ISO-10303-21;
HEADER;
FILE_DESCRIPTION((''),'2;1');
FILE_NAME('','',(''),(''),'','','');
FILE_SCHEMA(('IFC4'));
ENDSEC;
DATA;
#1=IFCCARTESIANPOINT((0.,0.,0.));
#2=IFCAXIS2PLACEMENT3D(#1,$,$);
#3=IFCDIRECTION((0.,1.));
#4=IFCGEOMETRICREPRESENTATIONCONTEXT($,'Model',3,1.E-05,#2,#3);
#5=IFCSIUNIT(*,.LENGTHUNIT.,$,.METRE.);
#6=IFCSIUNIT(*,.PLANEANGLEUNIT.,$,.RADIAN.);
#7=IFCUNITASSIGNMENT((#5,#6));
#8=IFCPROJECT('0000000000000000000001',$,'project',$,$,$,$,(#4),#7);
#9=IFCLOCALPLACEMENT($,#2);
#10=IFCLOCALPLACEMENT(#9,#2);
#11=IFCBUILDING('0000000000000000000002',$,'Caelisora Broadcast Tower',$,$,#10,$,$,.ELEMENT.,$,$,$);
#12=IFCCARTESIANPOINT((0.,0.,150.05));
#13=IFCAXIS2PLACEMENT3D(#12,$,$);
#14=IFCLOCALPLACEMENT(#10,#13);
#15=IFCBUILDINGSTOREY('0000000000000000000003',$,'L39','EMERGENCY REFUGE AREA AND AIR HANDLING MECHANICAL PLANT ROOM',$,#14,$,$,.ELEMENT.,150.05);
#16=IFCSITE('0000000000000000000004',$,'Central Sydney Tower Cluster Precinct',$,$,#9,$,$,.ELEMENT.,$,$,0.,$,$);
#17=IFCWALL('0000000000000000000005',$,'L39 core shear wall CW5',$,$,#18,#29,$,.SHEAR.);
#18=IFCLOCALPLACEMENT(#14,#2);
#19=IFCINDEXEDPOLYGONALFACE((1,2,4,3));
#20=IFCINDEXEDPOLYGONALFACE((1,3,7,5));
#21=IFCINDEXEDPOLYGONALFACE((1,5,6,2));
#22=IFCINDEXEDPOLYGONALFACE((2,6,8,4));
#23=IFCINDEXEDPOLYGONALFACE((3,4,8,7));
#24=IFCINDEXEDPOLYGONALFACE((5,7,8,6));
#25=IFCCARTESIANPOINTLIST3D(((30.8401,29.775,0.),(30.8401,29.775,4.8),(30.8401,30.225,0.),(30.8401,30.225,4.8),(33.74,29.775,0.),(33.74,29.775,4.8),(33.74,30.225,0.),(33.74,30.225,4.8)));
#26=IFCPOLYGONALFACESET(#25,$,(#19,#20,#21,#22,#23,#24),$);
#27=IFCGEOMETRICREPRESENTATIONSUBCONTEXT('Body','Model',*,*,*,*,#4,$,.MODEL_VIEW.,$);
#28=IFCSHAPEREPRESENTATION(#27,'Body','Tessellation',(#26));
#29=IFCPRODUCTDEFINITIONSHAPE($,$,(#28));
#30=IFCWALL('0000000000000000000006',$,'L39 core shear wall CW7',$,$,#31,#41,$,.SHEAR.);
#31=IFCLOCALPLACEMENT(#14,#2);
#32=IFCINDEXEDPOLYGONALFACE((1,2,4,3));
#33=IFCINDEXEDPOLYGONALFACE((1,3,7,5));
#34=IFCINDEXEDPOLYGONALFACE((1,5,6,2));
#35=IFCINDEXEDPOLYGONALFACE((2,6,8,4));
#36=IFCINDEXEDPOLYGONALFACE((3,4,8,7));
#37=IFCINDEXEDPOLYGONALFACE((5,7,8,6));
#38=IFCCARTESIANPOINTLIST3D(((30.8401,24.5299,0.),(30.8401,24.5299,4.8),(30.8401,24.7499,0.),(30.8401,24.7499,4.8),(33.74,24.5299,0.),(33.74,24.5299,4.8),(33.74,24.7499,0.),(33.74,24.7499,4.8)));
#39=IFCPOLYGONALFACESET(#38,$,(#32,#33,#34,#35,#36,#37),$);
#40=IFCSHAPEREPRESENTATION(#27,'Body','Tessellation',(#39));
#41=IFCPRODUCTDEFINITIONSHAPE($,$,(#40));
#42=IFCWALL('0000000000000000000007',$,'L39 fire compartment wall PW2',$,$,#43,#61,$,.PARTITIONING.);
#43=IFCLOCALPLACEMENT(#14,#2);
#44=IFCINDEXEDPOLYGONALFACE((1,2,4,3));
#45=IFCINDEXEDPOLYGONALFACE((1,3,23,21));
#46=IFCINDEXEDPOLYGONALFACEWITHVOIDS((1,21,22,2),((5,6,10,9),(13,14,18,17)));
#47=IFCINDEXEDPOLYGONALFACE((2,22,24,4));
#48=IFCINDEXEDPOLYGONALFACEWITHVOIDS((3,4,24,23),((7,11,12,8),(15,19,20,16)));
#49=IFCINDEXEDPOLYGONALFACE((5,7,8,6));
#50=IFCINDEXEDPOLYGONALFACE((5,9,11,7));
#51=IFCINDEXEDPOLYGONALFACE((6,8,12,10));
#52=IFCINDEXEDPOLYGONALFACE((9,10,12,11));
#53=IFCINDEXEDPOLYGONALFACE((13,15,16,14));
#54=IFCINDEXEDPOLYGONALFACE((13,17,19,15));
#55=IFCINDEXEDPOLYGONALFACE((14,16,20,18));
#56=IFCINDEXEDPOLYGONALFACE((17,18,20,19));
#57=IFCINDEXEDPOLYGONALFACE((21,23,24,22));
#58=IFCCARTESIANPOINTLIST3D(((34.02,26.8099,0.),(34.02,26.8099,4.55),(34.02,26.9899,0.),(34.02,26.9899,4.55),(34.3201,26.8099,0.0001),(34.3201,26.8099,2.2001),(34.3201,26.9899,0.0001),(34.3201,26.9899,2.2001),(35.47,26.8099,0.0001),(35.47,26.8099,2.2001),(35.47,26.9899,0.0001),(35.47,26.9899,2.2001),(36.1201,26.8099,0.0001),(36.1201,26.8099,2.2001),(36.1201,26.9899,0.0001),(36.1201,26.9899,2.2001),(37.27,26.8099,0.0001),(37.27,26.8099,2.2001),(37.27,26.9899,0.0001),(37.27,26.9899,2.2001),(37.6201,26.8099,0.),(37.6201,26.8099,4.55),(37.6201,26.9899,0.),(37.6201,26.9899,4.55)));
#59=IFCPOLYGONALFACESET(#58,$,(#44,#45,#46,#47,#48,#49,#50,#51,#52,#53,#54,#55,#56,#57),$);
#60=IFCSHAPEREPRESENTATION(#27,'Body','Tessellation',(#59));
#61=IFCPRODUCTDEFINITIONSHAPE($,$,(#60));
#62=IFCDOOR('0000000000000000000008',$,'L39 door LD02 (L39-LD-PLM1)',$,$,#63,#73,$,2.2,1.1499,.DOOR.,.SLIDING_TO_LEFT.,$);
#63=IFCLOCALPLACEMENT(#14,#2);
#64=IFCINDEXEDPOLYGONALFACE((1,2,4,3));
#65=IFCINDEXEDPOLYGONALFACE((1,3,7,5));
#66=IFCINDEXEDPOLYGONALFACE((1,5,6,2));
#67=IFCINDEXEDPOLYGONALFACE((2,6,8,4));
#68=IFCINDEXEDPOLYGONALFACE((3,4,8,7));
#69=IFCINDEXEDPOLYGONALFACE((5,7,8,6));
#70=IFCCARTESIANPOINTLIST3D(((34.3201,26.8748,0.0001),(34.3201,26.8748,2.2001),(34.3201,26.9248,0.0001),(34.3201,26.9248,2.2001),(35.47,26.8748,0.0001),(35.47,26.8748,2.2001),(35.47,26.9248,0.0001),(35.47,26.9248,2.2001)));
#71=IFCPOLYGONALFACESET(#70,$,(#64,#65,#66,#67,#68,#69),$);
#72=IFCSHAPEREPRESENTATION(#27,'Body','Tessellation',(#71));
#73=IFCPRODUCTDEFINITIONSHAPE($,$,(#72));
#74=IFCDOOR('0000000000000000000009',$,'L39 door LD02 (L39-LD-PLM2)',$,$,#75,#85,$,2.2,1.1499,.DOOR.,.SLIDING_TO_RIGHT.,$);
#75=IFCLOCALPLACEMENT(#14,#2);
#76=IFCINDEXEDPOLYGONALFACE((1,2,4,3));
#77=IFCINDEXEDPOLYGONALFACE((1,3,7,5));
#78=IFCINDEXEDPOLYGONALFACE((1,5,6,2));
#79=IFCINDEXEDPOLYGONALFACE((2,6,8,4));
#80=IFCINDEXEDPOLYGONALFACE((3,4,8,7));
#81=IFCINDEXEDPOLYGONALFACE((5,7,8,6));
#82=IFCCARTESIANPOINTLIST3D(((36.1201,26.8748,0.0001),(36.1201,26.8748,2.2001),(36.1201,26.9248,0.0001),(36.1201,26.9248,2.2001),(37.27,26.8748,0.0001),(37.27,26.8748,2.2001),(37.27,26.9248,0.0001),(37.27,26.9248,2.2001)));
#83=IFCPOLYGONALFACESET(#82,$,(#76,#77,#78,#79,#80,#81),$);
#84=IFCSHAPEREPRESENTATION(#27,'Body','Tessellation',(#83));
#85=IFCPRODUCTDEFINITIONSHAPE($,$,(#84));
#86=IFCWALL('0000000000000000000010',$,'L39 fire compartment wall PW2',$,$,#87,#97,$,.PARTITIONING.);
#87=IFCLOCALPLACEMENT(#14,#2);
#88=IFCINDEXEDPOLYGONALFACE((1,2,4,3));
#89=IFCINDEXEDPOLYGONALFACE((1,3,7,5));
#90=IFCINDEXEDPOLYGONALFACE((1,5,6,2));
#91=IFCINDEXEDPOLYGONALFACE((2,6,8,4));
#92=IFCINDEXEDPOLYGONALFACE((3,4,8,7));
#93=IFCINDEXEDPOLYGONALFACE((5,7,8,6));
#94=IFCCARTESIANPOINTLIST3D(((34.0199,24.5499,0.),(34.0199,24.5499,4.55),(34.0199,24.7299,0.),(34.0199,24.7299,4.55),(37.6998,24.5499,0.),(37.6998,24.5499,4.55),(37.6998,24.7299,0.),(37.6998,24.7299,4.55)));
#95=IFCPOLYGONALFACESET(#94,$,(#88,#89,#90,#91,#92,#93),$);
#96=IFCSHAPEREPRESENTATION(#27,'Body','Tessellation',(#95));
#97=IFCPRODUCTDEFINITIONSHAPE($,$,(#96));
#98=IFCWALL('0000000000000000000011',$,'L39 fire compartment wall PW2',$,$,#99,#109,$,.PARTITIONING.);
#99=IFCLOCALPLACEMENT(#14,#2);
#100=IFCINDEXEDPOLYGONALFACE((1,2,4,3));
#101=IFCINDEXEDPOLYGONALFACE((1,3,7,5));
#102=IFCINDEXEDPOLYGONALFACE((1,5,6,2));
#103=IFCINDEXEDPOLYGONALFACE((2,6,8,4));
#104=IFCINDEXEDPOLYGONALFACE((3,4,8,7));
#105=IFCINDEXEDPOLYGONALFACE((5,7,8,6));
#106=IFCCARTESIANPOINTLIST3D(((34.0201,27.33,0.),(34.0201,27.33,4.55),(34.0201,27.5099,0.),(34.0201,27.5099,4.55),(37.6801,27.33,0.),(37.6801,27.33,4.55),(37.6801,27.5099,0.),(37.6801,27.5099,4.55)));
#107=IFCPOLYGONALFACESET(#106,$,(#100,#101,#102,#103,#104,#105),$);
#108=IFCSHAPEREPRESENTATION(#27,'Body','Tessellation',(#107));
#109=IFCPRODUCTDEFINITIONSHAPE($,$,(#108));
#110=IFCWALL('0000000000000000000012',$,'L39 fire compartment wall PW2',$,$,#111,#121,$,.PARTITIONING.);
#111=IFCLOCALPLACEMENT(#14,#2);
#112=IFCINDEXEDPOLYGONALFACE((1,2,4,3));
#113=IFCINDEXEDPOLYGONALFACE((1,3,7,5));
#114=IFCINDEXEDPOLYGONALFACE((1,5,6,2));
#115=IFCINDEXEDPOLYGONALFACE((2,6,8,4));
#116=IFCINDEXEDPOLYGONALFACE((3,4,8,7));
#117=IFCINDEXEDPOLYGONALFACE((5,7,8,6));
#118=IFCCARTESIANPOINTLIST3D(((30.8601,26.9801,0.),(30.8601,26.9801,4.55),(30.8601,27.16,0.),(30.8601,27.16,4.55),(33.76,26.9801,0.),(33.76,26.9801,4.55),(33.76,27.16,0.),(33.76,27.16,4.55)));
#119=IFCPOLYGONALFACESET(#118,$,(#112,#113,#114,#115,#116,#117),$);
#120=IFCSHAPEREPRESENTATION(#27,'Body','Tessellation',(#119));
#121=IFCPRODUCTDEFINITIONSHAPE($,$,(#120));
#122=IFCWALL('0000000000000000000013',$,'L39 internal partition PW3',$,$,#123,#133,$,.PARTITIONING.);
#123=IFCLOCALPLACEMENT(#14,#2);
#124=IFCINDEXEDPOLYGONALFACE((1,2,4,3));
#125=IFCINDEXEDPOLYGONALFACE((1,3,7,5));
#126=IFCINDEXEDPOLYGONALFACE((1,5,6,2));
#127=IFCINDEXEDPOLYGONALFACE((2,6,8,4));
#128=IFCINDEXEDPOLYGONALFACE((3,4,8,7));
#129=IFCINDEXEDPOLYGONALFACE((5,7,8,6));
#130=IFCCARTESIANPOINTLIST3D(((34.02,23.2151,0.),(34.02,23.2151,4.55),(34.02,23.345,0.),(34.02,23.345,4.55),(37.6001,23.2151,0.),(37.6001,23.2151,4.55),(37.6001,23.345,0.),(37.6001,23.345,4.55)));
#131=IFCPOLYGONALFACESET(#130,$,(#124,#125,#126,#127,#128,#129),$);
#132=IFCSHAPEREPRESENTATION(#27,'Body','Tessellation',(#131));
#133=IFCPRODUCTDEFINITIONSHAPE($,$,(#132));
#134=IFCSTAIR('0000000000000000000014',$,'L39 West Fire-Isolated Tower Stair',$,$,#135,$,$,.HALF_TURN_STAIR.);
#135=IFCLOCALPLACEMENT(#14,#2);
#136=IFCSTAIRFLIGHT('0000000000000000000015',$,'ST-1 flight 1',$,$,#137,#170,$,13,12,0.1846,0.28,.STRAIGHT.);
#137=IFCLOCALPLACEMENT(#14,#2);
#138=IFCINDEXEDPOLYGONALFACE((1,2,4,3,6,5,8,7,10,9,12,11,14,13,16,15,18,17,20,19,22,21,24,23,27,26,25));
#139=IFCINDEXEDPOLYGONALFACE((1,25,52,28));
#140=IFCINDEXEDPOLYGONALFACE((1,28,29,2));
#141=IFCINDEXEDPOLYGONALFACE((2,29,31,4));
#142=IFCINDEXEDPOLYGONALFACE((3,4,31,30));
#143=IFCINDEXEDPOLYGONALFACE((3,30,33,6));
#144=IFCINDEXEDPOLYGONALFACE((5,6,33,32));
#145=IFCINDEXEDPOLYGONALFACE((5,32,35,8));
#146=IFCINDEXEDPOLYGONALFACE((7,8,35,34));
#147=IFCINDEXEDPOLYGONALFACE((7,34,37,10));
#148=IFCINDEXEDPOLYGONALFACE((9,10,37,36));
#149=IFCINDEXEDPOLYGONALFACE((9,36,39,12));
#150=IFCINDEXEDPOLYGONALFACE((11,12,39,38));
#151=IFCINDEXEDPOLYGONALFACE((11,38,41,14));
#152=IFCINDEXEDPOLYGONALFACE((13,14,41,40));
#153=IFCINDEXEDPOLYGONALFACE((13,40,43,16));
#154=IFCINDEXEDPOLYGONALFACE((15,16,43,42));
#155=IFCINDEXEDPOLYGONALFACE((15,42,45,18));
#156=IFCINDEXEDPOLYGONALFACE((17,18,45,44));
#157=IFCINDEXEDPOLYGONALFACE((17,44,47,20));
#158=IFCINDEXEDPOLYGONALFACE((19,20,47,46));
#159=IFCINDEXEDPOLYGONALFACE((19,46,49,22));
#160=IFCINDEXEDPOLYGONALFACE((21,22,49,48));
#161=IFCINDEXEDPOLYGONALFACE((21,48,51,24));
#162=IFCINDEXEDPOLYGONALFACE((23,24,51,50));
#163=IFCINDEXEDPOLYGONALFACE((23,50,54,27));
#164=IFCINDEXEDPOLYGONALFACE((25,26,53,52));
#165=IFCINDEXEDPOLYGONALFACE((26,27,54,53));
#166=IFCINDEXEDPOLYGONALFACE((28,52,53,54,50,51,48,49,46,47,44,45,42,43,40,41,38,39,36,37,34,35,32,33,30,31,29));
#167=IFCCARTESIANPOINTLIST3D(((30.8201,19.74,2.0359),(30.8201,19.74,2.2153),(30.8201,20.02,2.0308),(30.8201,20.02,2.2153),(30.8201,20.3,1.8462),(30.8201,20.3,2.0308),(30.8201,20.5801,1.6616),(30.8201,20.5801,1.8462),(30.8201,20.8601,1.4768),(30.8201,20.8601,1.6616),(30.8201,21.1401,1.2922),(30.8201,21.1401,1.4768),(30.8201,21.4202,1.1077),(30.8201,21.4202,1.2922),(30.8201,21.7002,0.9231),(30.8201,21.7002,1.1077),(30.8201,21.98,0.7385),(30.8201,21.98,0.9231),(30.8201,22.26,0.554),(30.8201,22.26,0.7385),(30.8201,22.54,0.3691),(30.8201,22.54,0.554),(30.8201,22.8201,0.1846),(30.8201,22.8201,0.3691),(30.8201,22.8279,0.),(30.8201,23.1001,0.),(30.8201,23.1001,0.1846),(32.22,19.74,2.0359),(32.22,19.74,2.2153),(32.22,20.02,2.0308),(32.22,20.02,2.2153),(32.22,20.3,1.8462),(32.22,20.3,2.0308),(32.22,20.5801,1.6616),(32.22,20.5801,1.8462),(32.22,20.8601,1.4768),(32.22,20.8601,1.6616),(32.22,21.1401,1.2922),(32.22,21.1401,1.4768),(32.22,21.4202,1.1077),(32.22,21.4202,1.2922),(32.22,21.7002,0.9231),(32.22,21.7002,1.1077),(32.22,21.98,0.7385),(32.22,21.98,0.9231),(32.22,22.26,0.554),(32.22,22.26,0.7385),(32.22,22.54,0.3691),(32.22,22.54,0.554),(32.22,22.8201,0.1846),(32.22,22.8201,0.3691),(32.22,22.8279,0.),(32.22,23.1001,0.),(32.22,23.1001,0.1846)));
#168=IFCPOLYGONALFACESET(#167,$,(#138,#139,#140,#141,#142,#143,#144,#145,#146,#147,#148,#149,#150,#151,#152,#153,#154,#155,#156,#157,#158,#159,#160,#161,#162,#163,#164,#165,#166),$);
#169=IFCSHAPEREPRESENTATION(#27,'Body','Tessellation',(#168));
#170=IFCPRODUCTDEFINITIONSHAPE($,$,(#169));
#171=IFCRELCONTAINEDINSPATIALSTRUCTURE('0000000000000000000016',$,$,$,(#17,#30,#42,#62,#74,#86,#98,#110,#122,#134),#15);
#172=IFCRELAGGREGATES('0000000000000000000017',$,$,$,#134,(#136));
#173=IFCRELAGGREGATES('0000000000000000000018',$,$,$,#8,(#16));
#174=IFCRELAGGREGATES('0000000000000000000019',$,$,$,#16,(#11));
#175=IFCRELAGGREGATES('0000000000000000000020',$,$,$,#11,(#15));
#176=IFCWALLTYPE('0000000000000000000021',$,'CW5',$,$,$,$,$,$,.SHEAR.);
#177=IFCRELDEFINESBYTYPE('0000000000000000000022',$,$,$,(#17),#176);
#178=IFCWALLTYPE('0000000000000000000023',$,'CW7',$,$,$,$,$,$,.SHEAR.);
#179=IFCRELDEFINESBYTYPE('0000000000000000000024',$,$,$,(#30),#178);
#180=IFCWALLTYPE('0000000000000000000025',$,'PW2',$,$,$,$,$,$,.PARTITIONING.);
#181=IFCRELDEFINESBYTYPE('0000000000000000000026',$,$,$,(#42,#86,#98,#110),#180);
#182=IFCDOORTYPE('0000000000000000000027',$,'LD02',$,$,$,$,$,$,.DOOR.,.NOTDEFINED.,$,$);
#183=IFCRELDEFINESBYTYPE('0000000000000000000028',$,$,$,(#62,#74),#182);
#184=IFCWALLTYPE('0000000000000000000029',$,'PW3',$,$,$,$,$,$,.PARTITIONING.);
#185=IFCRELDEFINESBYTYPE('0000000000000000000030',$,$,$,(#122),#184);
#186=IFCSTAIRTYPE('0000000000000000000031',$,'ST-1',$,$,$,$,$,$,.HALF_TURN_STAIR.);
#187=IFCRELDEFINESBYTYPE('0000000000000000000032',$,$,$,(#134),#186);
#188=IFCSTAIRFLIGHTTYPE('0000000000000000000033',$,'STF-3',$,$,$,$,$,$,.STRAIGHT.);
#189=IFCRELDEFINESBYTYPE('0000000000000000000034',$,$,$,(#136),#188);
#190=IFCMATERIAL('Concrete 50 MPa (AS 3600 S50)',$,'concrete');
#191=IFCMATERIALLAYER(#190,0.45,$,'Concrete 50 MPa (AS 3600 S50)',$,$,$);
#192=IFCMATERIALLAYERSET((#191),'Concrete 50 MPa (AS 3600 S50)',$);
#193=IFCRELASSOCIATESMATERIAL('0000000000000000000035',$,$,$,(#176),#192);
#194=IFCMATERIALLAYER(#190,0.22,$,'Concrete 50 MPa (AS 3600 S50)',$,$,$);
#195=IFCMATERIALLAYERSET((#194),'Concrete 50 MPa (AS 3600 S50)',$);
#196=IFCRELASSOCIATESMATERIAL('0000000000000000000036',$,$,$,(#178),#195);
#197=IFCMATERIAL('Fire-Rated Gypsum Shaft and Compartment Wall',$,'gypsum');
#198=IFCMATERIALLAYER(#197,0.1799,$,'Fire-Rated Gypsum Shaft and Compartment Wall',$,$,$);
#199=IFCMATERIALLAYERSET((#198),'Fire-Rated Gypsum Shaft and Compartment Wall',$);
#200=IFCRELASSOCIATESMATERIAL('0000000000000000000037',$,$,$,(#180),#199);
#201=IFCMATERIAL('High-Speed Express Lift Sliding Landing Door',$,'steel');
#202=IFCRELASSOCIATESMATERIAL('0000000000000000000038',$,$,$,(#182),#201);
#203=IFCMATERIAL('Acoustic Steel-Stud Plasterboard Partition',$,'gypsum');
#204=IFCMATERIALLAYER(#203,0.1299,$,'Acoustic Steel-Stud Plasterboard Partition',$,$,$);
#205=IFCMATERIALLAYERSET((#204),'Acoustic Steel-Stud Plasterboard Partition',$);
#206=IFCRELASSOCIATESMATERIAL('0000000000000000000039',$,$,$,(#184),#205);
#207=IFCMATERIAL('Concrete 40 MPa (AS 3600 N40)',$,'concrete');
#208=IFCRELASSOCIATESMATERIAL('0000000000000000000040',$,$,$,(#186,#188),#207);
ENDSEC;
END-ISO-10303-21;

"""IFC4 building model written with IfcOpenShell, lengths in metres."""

from ifc_helpers import new_model, si_unit, direction, frame, frame_2d, origin, place, context, subcontext, project, spatial, polyline, rectangle, outline, extrude, material, layer, layer_set, type_object, element, fill, aggregate, save


model = new_model("IFC4")

# Units and contexts
model_context = context("Model", 3, precision=1e-05, world=origin(), true_north=direction((0.0, 1.0)))
body_context = subcontext(model_context, "Body", "Model", "MODEL_VIEW")
ifc_project = project(units=[si_unit("LENGTHUNIT", "METRE"), si_unit("PLANEANGLEUNIT", "RADIAN")], contexts=[model_context])

# Site, building, storey
site_placement = place(None, origin())
site = spatial("IfcSite", under=ifc_project, at=site_placement, Name="Central Sydney Tower Cluster Precinct", CompositionType="ELEMENT", RefElevation=0.0)
building_placement = place(site_placement, origin())
building = spatial("IfcBuilding", under=site, at=building_placement, Name="Caelisora Broadcast Tower", CompositionType="ELEMENT")
storey_placement = place(building_placement, frame((0.0, 0.0, 150.05)))
storey = spatial("IfcBuildingStorey", under=building, at=storey_placement, Name="L39", Description="EMERGENCY REFUGE AREA AND AIR HANDLING MECHANICAL PLANT ROOM", CompositionType="ELEMENT", Elevation=150.05)

# Walls
ifc_material_1 = material(Name="Concrete 50 MPa (AS 3600 S50)", Category="concrete")
ifc_layer_1 = layer(ifc_material_1, 0.45, Name="Concrete 50 MPa (AS 3600 S50)")
ifc_layer_set_1 = layer_set([ifc_layer_1], Name="Concrete 50 MPa (AS 3600 S50)")
wall_type_1 = type_object("IfcWallType", Name="CW5", PredefinedType="SHEAR", material=ifc_layer_set_1)
wall_1_placement = place(storey_placement, frame((30.8401, 30.0, 0.0), z_axis=(0.0, 0.0, 1.0), x_axis=(1.0, 0.0, 0.0)))
element("IfcWall", 1, at=wall_1_placement, inside=storey, type_object=wall_type_1, Name="L39 core shear wall CW5", PredefinedType="SHEAR", context=body_context, shape_type="SweptSolid", body=[
    extrude(rectangle(XDim=2.8999, YDim=0.45, at=frame_2d((1.45, 0.0))), origin(), (0.0, 0.0, 1.0), 4.8),
])
ifc_layer_2 = layer(ifc_material_1, 0.22, Name="Concrete 50 MPa (AS 3600 S50)")
ifc_layer_set_2 = layer_set([ifc_layer_2], Name="Concrete 50 MPa (AS 3600 S50)")
wall_type_2 = type_object("IfcWallType", Name="CW7", PredefinedType="SHEAR", material=ifc_layer_set_2)
wall_2_placement = place(storey_placement, frame((30.8401, 24.6399, 0.0), z_axis=(0.0, 0.0, 1.0), x_axis=(1.0, 0.0, 0.0)))
element("IfcWall", 2, at=wall_2_placement, inside=storey, type_object=wall_type_2, Name="L39 core shear wall CW7", PredefinedType="SHEAR", context=body_context, shape_type="SweptSolid", body=[
    extrude(rectangle(XDim=2.8999, YDim=0.22, at=frame_2d((1.45, 0.0))), origin(), (0.0, 0.0, 1.0), 4.8),
])

# Wall, openings, doors
ifc_material_2 = material(Name="Fire-Rated Gypsum Shaft and Compartment Wall", Category="gypsum")
ifc_layer_3 = layer(ifc_material_2, 0.1799, Name="Fire-Rated Gypsum Shaft and Compartment Wall")
ifc_layer_set_3 = layer_set([ifc_layer_3], Name="Fire-Rated Gypsum Shaft and Compartment Wall")
wall_type_3 = type_object("IfcWallType", Name="PW2", PredefinedType="PARTITIONING", material=ifc_layer_set_3)
wall_3_placement = place(storey_placement, frame((34.02, 26.8999, 0.0), z_axis=(0.0, 0.0, 1.0), x_axis=(1.0, 0.0, 0.0)))
wall_3 = element("IfcWall", 3, at=wall_3_placement, inside=storey, type_object=wall_type_3, Name="L39 fire compartment wall PW2", PredefinedType="PARTITIONING", context=body_context, shape_type="SweptSolid", body=[
    extrude(rectangle(XDim=3.6001, YDim=0.1799, at=frame_2d((1.8, 0.0))), origin(), (0.0, 0.0, 1.0), 4.55),
])
opening_1_placement = place(wall_3_placement, frame((0.3, 0.0, 0.0)))
opening_1 = element("IfcOpeningElement", 4, at=opening_1_placement, cuts=wall_3, PredefinedType="OPENING", context=body_context, shape_type="SweptSolid", body=[
    extrude(rectangle(XDim=1.1499, YDim=2.2, at=frame_2d((0.575, 1.1001))), frame((0.0, 0.1021, 0.0), z_axis=(0.0, -1.0, 0.0), x_axis=(1.0, 0.0, 0.0)), (0.0, 0.0, 1.0), 0.2039),
])
opening_2_placement = place(wall_3_placement, frame((2.1001, 0.0, 0.0)))
opening_2 = element("IfcOpeningElement", 5, at=opening_2_placement, cuts=wall_3, PredefinedType="OPENING", context=body_context, shape_type="SweptSolid", body=[
    extrude(rectangle(XDim=1.1499, YDim=2.2, at=frame_2d((0.575, 1.1001))), frame((0.0, 0.1021, 0.0), z_axis=(0.0, -1.0, 0.0), x_axis=(1.0, 0.0, 0.0)), (0.0, 0.0, 1.0), 0.2039),
])
ifc_material_3 = material(Name="High-Speed Express Lift Sliding Landing Door", Category="steel")
door_type = type_object("IfcDoorType", Name="LD02", OperationType="NOTDEFINED", PredefinedType="DOOR", material=ifc_material_3)
door_1_placement = place(opening_1_placement, origin())
door_1 = element("IfcDoor", 6, at=door_1_placement, inside=storey, type_object=door_type, Name="L39 door LD02 (L39-LD-PLM1)", OperationType="SLIDING_TO_LEFT", OverallHeight=2.2, OverallWidth=1.1499, PredefinedType="DOOR", context=body_context, shape_type="SweptSolid", body=[
    extrude(rectangle(XDim=1.1499, YDim=2.2, at=frame_2d((0.575, 1.1001))), frame((0.0, 0.0249, 0.0), z_axis=(0.0, -1.0, 0.0), x_axis=(1.0, 0.0, 0.0)), (0.0, 0.0, 1.0), 0.05),
])
fill(opening_1, door_1)
door_2_placement = place(opening_2_placement, origin())
door_2 = element("IfcDoor", 7, at=door_2_placement, inside=storey, type_object=door_type, Name="L39 door LD02 (L39-LD-PLM2)", OperationType="SLIDING_TO_RIGHT", OverallHeight=2.2, OverallWidth=1.1499, PredefinedType="DOOR", context=body_context, shape_type="SweptSolid", body=[
    extrude(rectangle(XDim=1.1499, YDim=2.2, at=frame_2d((0.575, 1.1001))), frame((0.0, 0.0249, 0.0), z_axis=(0.0, -1.0, 0.0), x_axis=(1.0, 0.0, 0.0)), (0.0, 0.0, 1.0), 0.05),
])
fill(opening_2, door_2)

# Walls
wall_4_placement = place(storey_placement, frame((34.02, 24.6399, 0.0), z_axis=(0.0, 0.0, 1.0), x_axis=(1.0, 0.0, 0.0)))
element("IfcWall", 8, at=wall_4_placement, inside=storey, type_object=wall_type_3, Name="L39 fire compartment wall PW2", PredefinedType="PARTITIONING", context=body_context, shape_type="SweptSolid", body=[
    extrude(rectangle(XDim=3.6799, YDim=0.1799, at=frame_2d((1.8398, 0.0))), origin(), (0.0, 0.0, 1.0), 4.55),
])
wall_5_placement = place(storey_placement, frame((34.02, 27.4199, 0.0), z_axis=(0.0, 0.0, 1.0), x_axis=(1.0, 0.0, 0.0)))
element("IfcWall", 9, at=wall_5_placement, inside=storey, type_object=wall_type_3, Name="L39 fire compartment wall PW2", PredefinedType="PARTITIONING", context=body_context, shape_type="SweptSolid", body=[
    extrude(rectangle(XDim=3.6599, YDim=0.1799, at=frame_2d((1.8301, 0.0))), origin(), (0.0, 0.0, 1.0), 4.55),
])
wall_6_placement = place(storey_placement, frame((30.8601, 27.0701, 0.0), z_axis=(0.0, 0.0, 1.0), x_axis=(1.0, 0.0, 0.0)))
element("IfcWall", 10, at=wall_6_placement, inside=storey, type_object=wall_type_3, Name="L39 fire compartment wall PW2", PredefinedType="PARTITIONING", context=body_context, shape_type="SweptSolid", body=[
    extrude(rectangle(XDim=2.8999, YDim=0.1799, at=frame_2d((1.45, 0.0))), origin(), (0.0, 0.0, 1.0), 4.55),
])
ifc_material_4 = material(Name="Acoustic Steel-Stud Plasterboard Partition", Category="gypsum")
ifc_layer_4 = layer(ifc_material_4, 0.1299, Name="Acoustic Steel-Stud Plasterboard Partition")
ifc_layer_set_4 = layer_set([ifc_layer_4], Name="Acoustic Steel-Stud Plasterboard Partition")
wall_type_4 = type_object("IfcWallType", Name="PW3", PredefinedType="PARTITIONING", material=ifc_layer_set_4)
wall_7_placement = place(storey_placement, frame((34.02, 23.28, 0.0), z_axis=(0.0, 0.0, 1.0), x_axis=(1.0, 0.0, 0.0)))
element("IfcWall", 11, at=wall_7_placement, inside=storey, type_object=wall_type_4, Name="L39 internal partition PW3", PredefinedType="PARTITIONING", context=body_context, shape_type="SweptSolid", body=[
    extrude(rectangle(XDim=3.5801, YDim=0.1299, at=frame_2d((1.79, 0.0))), origin(), (0.0, 0.0, 1.0), 4.55),
])

# Stair, stair flight
ifc_material_5 = material(Name="Concrete 40 MPa (AS 3600 N40)", Category="concrete")
stair_type = type_object("IfcStairType", Name="ST-1", PredefinedType="HALF_TURN_STAIR", material=ifc_material_5)
stair_placement = place(storey_placement, origin())
stair = element("IfcStair", 12, at=stair_placement, inside=storey, type_object=stair_type, Name="L39 West Fire-Isolated Tower Stair", PredefinedType="HALF_TURN_STAIR")
stair_flight_type = type_object("IfcStairFlightType", Name="STF-3", PredefinedType="STRAIGHT", material=ifc_material_5)
stair_flight_placement = place(storey_placement, frame((31.52, 23.1001, 0.0), z_axis=(0.0, 0.0, 1.0), x_axis=(0.0, -1.0, 0.0)))
stair_flight = element("IfcStairFlight", 13, at=stair_flight_placement, type_object=stair_flight_type, Name="ST-1 flight 1", NumberOfRisers=13, NumberOfTreads=12, PredefinedType="STRAIGHT", RiserHeight=0.1846, TreadLength=0.28, context=body_context, shape_type="SweptSolid", body=[
    extrude(outline(polyline([(0.0, 0.0), (0.0, 0.1846), (0.28, 0.1846), (0.28, 0.3691), (0.5601, 0.3691), (0.5601, 0.554), (0.8401, 0.554), (0.8401, 0.7385), (1.1201, 0.7385), (1.1201, 0.9231), (1.3999, 0.9231), (1.3999, 1.1077), (1.6799, 1.1077), (1.6799, 1.2922), (1.96, 1.2922), (1.96, 1.4768), (2.24, 1.4768), (2.24, 1.6616), (2.52, 1.6616), (2.52, 1.8462), (2.8, 1.8462), (2.8, 2.0308), (3.0801, 2.0308), (3.0801, 2.2153), (3.3601, 2.2153), (3.3601, 2.3999), (3.3601, 2.0359), (0.2722, 0.0), (0.0, 0.0)])), frame((0.0, 0.7, 0.0), z_axis=(0.0, -1.0, 0.0), x_axis=(1.0, 0.0, 0.0)), (0.0, 0.0, 1.0), 1.3999),
])
aggregate(stair, [stair_flight])

save(model, "model.ifc")
